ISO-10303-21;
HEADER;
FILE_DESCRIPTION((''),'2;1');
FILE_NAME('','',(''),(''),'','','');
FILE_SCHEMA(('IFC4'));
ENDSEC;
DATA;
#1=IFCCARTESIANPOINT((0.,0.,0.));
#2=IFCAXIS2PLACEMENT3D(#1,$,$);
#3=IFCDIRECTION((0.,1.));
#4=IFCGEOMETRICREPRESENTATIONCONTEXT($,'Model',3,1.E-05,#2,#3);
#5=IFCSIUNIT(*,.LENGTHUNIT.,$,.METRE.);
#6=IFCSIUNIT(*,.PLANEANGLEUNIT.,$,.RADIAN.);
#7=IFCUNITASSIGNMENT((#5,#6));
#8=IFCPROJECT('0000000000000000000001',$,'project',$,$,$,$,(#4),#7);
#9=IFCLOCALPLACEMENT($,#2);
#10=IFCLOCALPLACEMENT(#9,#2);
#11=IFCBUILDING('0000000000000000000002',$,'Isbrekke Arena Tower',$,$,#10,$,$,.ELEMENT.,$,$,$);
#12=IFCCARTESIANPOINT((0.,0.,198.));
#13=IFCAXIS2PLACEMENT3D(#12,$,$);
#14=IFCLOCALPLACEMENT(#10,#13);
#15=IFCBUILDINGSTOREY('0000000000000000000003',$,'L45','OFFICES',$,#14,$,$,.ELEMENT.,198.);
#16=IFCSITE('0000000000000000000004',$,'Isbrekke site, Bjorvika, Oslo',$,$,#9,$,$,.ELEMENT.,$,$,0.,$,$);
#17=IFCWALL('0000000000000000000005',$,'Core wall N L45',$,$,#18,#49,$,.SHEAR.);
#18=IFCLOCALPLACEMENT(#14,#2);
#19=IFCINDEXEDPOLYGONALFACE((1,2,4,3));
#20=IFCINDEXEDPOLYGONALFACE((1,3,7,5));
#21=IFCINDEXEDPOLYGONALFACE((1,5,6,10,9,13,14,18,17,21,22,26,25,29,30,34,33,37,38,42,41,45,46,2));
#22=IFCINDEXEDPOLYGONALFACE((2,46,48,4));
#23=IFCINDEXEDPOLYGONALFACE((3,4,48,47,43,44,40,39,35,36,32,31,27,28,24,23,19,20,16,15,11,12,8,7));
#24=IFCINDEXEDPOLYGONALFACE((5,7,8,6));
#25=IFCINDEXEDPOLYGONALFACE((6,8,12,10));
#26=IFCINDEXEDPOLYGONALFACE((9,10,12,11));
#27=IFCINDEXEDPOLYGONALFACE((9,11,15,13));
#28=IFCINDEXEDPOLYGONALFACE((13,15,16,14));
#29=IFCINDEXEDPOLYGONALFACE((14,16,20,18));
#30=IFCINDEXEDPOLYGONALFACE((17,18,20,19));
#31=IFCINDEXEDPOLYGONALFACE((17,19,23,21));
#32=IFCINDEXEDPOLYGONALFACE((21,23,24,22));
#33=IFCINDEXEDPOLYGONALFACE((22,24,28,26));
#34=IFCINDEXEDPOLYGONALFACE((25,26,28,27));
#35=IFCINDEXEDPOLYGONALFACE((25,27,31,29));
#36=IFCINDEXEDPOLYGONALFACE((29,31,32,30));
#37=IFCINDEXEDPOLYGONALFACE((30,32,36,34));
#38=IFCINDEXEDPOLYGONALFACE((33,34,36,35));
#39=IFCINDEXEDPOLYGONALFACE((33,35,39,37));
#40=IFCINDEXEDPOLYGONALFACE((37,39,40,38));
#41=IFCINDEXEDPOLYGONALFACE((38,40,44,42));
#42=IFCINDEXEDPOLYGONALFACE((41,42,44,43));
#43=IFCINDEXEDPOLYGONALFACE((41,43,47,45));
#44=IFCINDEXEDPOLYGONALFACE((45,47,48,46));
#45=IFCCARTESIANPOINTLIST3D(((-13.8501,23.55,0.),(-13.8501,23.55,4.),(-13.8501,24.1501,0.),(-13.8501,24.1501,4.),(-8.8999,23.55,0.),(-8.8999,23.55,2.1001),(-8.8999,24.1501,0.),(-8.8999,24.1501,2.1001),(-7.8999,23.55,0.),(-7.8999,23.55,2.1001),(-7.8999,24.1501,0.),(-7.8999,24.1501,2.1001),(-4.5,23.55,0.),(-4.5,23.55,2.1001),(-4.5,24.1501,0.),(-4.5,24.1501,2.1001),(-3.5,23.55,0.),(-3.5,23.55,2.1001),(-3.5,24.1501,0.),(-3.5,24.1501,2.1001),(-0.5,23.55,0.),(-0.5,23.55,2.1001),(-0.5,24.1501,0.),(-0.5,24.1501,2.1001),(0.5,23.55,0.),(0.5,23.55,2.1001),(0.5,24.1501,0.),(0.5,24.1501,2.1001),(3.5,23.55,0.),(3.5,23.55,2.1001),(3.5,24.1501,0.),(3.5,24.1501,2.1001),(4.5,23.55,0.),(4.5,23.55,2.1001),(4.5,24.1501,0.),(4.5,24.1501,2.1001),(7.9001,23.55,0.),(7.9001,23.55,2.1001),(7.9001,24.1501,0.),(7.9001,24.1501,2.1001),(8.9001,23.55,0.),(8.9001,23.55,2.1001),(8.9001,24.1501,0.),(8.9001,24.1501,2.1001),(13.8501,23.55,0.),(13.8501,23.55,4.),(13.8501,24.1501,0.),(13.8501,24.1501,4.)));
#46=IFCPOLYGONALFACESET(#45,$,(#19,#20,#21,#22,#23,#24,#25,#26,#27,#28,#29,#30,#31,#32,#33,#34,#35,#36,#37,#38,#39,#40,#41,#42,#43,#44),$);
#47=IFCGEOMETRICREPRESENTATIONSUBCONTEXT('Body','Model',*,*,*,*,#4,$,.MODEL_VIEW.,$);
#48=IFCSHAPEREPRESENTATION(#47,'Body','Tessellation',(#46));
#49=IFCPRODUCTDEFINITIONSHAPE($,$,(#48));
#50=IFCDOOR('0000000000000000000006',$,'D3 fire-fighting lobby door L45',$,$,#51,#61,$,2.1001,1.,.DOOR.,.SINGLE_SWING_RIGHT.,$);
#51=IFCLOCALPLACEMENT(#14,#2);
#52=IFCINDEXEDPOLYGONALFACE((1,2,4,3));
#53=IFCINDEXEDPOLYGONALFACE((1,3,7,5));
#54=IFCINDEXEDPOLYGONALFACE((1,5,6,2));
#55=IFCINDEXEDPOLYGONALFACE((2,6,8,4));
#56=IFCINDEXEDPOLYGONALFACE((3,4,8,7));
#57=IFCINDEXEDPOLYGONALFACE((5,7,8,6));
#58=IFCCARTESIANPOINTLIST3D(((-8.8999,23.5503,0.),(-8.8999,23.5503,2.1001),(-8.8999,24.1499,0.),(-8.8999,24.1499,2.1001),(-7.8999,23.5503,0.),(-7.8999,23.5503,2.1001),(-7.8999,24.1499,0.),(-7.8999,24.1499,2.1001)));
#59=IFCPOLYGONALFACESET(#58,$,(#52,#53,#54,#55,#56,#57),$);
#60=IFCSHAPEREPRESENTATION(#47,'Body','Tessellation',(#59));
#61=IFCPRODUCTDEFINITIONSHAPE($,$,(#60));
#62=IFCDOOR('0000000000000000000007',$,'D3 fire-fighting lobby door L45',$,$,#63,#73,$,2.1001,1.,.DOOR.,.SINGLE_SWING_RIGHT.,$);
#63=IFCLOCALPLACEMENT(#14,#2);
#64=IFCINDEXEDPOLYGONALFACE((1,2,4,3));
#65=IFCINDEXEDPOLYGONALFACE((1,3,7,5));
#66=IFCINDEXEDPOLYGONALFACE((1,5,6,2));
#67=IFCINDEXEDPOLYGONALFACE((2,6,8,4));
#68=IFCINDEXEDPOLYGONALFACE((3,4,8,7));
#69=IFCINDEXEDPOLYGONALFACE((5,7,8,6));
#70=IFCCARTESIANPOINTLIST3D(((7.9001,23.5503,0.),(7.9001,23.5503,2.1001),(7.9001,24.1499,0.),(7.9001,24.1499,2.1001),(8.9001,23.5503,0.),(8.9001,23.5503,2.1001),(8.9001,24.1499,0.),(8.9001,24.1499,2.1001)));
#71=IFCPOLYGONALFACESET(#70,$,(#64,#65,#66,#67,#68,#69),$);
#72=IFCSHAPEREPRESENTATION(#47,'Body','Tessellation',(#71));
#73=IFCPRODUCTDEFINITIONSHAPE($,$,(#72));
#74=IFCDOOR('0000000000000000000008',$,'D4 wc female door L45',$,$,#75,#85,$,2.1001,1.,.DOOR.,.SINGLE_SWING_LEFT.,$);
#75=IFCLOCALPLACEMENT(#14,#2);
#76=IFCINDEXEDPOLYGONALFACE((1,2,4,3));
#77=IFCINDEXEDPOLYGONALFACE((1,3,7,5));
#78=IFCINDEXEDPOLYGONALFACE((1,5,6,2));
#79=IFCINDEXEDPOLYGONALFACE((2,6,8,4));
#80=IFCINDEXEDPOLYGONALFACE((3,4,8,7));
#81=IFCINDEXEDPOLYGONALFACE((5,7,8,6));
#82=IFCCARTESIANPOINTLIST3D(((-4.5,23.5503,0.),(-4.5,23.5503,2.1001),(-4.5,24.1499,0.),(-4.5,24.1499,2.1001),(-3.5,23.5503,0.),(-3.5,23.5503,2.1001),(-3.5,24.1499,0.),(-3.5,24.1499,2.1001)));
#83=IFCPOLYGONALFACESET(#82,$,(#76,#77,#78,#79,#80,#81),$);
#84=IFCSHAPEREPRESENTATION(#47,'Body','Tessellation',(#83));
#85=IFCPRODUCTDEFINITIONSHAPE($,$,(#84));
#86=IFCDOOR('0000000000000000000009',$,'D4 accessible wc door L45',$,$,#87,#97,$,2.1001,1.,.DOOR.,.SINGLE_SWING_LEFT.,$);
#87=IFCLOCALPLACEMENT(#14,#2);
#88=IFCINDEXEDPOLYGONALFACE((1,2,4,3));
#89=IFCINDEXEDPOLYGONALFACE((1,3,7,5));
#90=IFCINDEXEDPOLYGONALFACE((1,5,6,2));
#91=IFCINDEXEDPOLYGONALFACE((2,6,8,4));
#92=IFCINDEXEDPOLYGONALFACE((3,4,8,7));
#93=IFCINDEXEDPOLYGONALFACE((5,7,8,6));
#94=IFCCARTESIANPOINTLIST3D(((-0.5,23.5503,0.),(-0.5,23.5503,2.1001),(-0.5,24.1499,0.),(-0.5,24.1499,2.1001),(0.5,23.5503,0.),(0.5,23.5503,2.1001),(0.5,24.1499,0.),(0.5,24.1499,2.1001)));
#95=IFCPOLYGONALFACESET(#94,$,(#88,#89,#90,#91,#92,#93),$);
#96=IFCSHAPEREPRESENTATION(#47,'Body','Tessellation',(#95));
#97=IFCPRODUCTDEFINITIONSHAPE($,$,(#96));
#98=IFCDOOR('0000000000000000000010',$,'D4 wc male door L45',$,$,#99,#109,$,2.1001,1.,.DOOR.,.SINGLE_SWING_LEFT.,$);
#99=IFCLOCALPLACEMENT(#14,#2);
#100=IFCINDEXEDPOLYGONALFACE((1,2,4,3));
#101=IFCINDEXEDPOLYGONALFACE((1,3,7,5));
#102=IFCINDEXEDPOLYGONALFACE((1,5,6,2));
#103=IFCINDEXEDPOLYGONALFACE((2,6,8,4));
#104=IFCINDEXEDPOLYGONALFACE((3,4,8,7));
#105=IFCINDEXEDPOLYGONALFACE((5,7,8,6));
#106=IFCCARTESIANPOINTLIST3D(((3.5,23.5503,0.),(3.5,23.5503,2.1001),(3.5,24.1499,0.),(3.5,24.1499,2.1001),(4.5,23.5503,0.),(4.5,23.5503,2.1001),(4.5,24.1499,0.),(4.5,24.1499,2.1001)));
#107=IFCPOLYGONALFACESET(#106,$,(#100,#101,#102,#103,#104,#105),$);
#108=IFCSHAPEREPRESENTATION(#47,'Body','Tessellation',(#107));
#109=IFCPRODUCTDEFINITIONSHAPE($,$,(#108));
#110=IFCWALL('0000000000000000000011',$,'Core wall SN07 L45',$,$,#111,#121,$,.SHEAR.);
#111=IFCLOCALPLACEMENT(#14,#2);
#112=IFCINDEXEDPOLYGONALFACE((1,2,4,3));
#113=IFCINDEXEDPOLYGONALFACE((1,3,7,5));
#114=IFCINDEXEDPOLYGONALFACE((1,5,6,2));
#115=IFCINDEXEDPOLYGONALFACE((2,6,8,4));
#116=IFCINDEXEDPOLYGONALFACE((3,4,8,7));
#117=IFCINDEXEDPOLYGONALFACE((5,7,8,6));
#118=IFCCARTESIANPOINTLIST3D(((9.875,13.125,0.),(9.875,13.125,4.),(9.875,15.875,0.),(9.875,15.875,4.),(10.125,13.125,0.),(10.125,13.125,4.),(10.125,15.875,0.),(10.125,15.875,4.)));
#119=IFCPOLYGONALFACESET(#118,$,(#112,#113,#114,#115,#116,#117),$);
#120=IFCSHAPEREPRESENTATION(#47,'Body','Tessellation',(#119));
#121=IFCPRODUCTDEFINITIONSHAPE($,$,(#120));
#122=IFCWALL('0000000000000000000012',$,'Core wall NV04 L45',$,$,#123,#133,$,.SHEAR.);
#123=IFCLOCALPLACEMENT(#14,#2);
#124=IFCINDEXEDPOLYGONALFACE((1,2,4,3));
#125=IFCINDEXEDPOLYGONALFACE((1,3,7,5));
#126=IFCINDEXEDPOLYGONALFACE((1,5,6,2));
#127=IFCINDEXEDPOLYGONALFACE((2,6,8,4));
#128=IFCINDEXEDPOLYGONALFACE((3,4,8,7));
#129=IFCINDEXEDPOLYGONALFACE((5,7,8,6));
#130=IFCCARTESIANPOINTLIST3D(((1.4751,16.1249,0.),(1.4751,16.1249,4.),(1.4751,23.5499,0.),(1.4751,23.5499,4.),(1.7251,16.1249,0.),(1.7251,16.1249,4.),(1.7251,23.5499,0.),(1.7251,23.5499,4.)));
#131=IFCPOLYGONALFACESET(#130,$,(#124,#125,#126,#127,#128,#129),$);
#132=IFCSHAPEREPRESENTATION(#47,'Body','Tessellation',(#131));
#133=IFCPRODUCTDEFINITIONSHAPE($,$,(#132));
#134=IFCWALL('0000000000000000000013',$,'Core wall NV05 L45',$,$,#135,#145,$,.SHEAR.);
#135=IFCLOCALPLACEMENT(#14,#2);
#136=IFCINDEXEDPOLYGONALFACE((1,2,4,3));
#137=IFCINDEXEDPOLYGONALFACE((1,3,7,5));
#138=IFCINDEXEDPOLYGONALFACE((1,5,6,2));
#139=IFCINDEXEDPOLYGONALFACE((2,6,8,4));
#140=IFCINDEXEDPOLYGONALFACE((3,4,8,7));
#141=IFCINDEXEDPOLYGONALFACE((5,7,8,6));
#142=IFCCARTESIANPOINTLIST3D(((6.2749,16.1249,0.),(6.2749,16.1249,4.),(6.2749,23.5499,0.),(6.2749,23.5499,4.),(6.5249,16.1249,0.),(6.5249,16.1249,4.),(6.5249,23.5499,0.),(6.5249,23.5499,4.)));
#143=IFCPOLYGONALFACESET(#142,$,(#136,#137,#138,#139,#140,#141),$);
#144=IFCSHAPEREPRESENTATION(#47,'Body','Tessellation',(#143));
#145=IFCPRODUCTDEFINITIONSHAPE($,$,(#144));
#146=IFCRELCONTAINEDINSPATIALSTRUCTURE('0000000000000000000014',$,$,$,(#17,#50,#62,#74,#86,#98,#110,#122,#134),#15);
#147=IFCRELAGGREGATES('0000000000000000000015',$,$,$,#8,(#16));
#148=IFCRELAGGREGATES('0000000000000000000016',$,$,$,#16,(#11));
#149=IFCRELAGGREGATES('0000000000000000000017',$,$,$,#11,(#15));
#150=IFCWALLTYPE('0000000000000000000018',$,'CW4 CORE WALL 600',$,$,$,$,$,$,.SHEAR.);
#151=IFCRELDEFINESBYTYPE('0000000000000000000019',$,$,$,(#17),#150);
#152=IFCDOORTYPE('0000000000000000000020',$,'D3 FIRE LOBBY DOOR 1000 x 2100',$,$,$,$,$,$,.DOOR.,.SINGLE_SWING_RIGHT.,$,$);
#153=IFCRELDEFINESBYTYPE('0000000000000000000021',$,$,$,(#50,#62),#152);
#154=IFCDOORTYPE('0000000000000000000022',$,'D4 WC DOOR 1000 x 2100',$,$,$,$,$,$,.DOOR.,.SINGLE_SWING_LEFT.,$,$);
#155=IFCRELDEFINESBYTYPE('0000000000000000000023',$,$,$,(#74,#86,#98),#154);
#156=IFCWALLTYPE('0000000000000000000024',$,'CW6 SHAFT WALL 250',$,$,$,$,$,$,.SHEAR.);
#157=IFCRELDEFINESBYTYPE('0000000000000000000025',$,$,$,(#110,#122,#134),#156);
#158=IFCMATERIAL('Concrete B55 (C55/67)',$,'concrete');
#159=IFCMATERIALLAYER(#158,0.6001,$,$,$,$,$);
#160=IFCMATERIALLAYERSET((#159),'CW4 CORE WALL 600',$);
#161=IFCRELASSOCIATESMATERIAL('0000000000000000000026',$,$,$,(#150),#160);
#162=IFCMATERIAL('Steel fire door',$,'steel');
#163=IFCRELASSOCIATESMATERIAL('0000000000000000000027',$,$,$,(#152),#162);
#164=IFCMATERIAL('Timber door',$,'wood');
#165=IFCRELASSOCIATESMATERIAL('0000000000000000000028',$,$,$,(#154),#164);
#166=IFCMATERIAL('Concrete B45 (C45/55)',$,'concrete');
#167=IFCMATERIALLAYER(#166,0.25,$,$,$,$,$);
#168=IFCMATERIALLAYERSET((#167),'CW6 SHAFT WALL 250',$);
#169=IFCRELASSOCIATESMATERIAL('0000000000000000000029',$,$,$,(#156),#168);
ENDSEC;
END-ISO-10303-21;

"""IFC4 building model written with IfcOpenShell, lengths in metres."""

from ifc_helpers import new_model, si_unit, direction, frame, frame_2d, origin, place, context, subcontext, project, spatial, rectangle, extrude, material, layer, layer_set, type_object, element, fill, save


model = new_model("IFC4")

# Units and contexts
model_context = context("Model", 3, precision=1e-05, world=origin(), true_north=direction((0.0, 1.0)))
body_context = subcontext(model_context, "Body", "Model", "MODEL_VIEW")
ifc_project = project(units=[si_unit("LENGTHUNIT", "METRE"), si_unit("PLANEANGLEUNIT", "RADIAN")], contexts=[model_context])

# Site, building, storey
site_placement = place(None, origin())
site = spatial("IfcSite", under=ifc_project, at=site_placement, Name="Isbrekke site, Bjorvika, Oslo", CompositionType="ELEMENT", RefElevation=0.0)
building_placement = place(site_placement, origin())
building = spatial("IfcBuilding", under=site, at=building_placement, Name="Isbrekke Arena Tower", CompositionType="ELEMENT")
storey_placement = place(building_placement, frame((0.0, 0.0, 198.0)))
storey = spatial("IfcBuildingStorey", under=building, at=storey_placement, Name="L45", Description="OFFICES", CompositionType="ELEMENT", Elevation=198.0)

# Wall, openings, doors
ifc_material_1 = material(Name="Concrete B55 (C55/67)", Category="concrete")
ifc_layer_1 = layer(ifc_material_1, 0.6001)
ifc_layer_set_1 = layer_set([ifc_layer_1], Name="CW4 CORE WALL 600")
wall_type_1 = type_object("IfcWallType", Name="CW4 CORE WALL 600", PredefinedType="SHEAR", material=ifc_layer_set_1)
wall_1_placement = place(storey_placement, frame((13.8501, 23.8501, 0.0), z_axis=(0.0, 0.0, 1.0), x_axis=(-1.0, 0.0, 0.0)))
wall_1 = element("IfcWall", 1, at=wall_1_placement, inside=storey, type_object=wall_type_1, Name="Core wall N L45", PredefinedType="SHEAR", context=body_context, shape_type="SweptSolid", body=[
    extrude(rectangle(XDim=27.7002, YDim=0.6001, at=frame_2d((13.8501, 0.0))), origin(), (0.0, 0.0, 1.0), 4.0),
])
opening_1_placement = place(wall_1_placement, frame((21.75, 0.0, 0.0)))
opening_1 = element("IfcOpeningElement", 2, at=opening_1_placement, cuts=wall_1, PredefinedType="OPENING", context=body_context, shape_type="SweptSolid", body=[
    extrude(rectangle(XDim=1.0, YDim=2.1001, at=frame_2d((0.5, 1.05))), frame((0.0, 0.3149, 0.0), z_axis=(0.0, -1.0, 0.0), x_axis=(1.0, 0.0, 0.0)), (0.0, 0.0, 1.0), 0.6299),
])
opening_2_placement = place(wall_1_placement, frame((4.95, 0.0, 0.0)))
opening_2 = element("IfcOpeningElement", 3, at=opening_2_placement, cuts=wall_1, PredefinedType="OPENING", context=body_context, shape_type="SweptSolid", body=[
    extrude(rectangle(XDim=1.0, YDim=2.1001, at=frame_2d((0.5, 1.05))), frame((0.0, 0.3149, 0.0), z_axis=(0.0, -1.0, 0.0), x_axis=(1.0, 0.0, 0.0)), (0.0, 0.0, 1.0), 0.6299),
])
opening_3_placement = place(wall_1_placement, frame((17.3501, 0.0, 0.0)))
opening_3 = element("IfcOpeningElement", 4, at=opening_3_placement, cuts=wall_1, PredefinedType="OPENING", context=body_context, shape_type="SweptSolid", body=[
    extrude(rectangle(XDim=1.0, YDim=2.1001, at=frame_2d((0.5, 1.05))), frame((0.0, 0.3149, 0.0), z_axis=(0.0, -1.0, 0.0), x_axis=(1.0, 0.0, 0.0)), (0.0, 0.0, 1.0), 0.6299),
])
opening_4_placement = place(wall_1_placement, frame((13.3501, 0.0, 0.0)))
opening_4 = element("IfcOpeningElement", 5, at=opening_4_placement, cuts=wall_1, PredefinedType="OPENING", context=body_context, shape_type="SweptSolid", body=[
    extrude(rectangle(XDim=1.0, YDim=2.1001, at=frame_2d((0.5, 1.05))), frame((0.0, 0.3149, 0.0), z_axis=(0.0, -1.0, 0.0), x_axis=(1.0, 0.0, 0.0)), (0.0, 0.0, 1.0), 0.6299),
])
opening_5_placement = place(wall_1_placement, frame((9.3501, 0.0, 0.0)))
opening_5 = element("IfcOpeningElement", 6, at=opening_5_placement, cuts=wall_1, PredefinedType="OPENING", context=body_context, shape_type="SweptSolid", body=[
    extrude(rectangle(XDim=1.0, YDim=2.1001, at=frame_2d((0.5, 1.05))), frame((0.0, 0.3149, 0.0), z_axis=(0.0, -1.0, 0.0), x_axis=(1.0, 0.0, 0.0)), (0.0, 0.0, 1.0), 0.6299),
])
ifc_material_2 = material(Name="Steel fire door", Category="steel")
door_type_1 = type_object("IfcDoorType", Name="D3 FIRE LOBBY DOOR 1000 x 2100", OperationType="SINGLE_SWING_RIGHT", PredefinedType="DOOR", material=ifc_material_2)
door_1_placement = place(opening_1_placement, origin())
door_1 = element("IfcDoor", 7, at=door_1_placement, inside=storey, type_object=door_type_1, Name="D3 fire-fighting lobby door L45", OperationType="SINGLE_SWING_RIGHT", OverallHeight=2.1001, OverallWidth=1.0, PredefinedType="DOOR", context=body_context, shape_type="SweptSolid", body=[
    extrude(rectangle(XDim=1.0, YDim=2.1001, at=frame_2d((0.5, 1.05))), frame((0.0, 0.2998, 0.0), z_axis=(0.0, -1.0, 0.0), x_axis=(1.0, 0.0, 0.0)), (0.0, 0.0, 1.0), 0.5996),
])
fill(opening_1, door_1)
door_2_placement = place(opening_2_placement, origin())
door_2 = element("IfcDoor", 8, at=door_2_placement, inside=storey, type_object=door_type_1, Name="D3 fire-fighting lobby door L45", OperationType="SINGLE_SWING_RIGHT", OverallHeight=2.1001, OverallWidth=1.0, PredefinedType="DOOR", context=body_context, shape_type="SweptSolid", body=[
    extrude(rectangle(XDim=1.0, YDim=2.1001, at=frame_2d((0.5, 1.05))), frame((0.0, 0.2998, 0.0), z_axis=(0.0, -1.0, 0.0), x_axis=(1.0, 0.0, 0.0)), (0.0, 0.0, 1.0), 0.5996),
])
fill(opening_2, door_2)
ifc_material_3 = material(Name="Timber door", Category="wood")
door_type_2 = type_object("IfcDoorType", Name="D4 WC DOOR 1000 x 2100", OperationType="SINGLE_SWING_LEFT", PredefinedType="DOOR", material=ifc_material_3)
door_3_placement = place(opening_3_placement, origin())
door_3 = element("IfcDoor", 9, at=door_3_placement, inside=storey, type_object=door_type_2, Name="D4 wc female door L45", OperationType="SINGLE_SWING_LEFT", OverallHeight=2.1001, OverallWidth=1.0, PredefinedType="DOOR", context=body_context, shape_type="SweptSolid", body=[
    extrude(rectangle(XDim=1.0, YDim=2.1001, at=frame_2d((0.5, 1.05))), frame((0.0, 0.2998, 0.0), z_axis=(0.0, -1.0, 0.0), x_axis=(1.0, 0.0, 0.0)), (0.0, 0.0, 1.0), 0.5996),
])
fill(opening_3, door_3)
door_4_placement = place(opening_4_placement, origin())
door_4 = element("IfcDoor", 10, at=door_4_placement, inside=storey, type_object=door_type_2, Name="D4 accessible wc door L45", OperationType="SINGLE_SWING_LEFT", OverallHeight=2.1001, OverallWidth=1.0, PredefinedType="DOOR", context=body_context, shape_type="SweptSolid", body=[
    extrude(rectangle(XDim=1.0, YDim=2.1001, at=frame_2d((0.5, 1.05))), frame((0.0, 0.2998, 0.0), z_axis=(0.0, -1.0, 0.0), x_axis=(1.0, 0.0, 0.0)), (0.0, 0.0, 1.0), 0.5996),
])
fill(opening_4, door_4)
door_5_placement = place(opening_5_placement, origin())
door_5 = element("IfcDoor", 11, at=door_5_placement, inside=storey, type_object=door_type_2, Name="D4 wc male door L45", OperationType="SINGLE_SWING_LEFT", OverallHeight=2.1001, OverallWidth=1.0, PredefinedType="DOOR", context=body_context, shape_type="SweptSolid", body=[
    extrude(rectangle(XDim=1.0, YDim=2.1001, at=frame_2d((0.5, 1.05))), frame((0.0, 0.2998, 0.0), z_axis=(0.0, -1.0, 0.0), x_axis=(1.0, 0.0, 0.0)), (0.0, 0.0, 1.0), 0.5996),
])
fill(opening_5, door_5)

# Walls
ifc_material_4 = material(Name="Concrete B45 (C45/55)", Category="concrete")
ifc_layer_2 = layer(ifc_material_4, 0.25)
ifc_layer_set_2 = layer_set([ifc_layer_2], Name="CW6 SHAFT WALL 250")
wall_type_2 = type_object("IfcWallType", Name="CW6 SHAFT WALL 250", PredefinedType="SHEAR", material=ifc_layer_set_2)
wall_2_placement = place(storey_placement, frame((10.0, 13.125, 0.0), z_axis=(0.0, 0.0, 1.0), x_axis=(0.0, 1.0, 0.0)))
element("IfcWall", 12, at=wall_2_placement, inside=storey, type_object=wall_type_2, Name="Core wall SN07 L45", PredefinedType="SHEAR", context=body_context, shape_type="SweptSolid", body=[
    extrude(rectangle(XDim=2.75, YDim=0.25, at=frame_2d((1.375, 0.0))), origin(), (0.0, 0.0, 1.0), 4.0),
])
for number, where, z_axis, x_axis, name in (
    (13, (1.6001, 16.125, 0.0), (0.0, 0.0, 1.0), (0.0, 1.0, 0.0), "Core wall NV04 L45"),
    (14, (6.3999, 16.125, 0.0), (0.0, 0.0, 1.0), (0.0, 1.0, 0.0), "Core wall NV05 L45"),
):
    element("IfcWall", number, at=place(storey_placement, frame(where, z_axis=z_axis, x_axis=x_axis)), inside=storey, type_object=wall_type_2, Name=name, PredefinedType="SHEAR", context=body_context, shape_type="SweptSolid", body=[
        extrude(rectangle(XDim=7.425, YDim=0.25, at=frame_2d((3.7124, 0.0))), origin(), (0.0, 0.0, 1.0), 4.0),
    ])

save(model, "model.ifc")
